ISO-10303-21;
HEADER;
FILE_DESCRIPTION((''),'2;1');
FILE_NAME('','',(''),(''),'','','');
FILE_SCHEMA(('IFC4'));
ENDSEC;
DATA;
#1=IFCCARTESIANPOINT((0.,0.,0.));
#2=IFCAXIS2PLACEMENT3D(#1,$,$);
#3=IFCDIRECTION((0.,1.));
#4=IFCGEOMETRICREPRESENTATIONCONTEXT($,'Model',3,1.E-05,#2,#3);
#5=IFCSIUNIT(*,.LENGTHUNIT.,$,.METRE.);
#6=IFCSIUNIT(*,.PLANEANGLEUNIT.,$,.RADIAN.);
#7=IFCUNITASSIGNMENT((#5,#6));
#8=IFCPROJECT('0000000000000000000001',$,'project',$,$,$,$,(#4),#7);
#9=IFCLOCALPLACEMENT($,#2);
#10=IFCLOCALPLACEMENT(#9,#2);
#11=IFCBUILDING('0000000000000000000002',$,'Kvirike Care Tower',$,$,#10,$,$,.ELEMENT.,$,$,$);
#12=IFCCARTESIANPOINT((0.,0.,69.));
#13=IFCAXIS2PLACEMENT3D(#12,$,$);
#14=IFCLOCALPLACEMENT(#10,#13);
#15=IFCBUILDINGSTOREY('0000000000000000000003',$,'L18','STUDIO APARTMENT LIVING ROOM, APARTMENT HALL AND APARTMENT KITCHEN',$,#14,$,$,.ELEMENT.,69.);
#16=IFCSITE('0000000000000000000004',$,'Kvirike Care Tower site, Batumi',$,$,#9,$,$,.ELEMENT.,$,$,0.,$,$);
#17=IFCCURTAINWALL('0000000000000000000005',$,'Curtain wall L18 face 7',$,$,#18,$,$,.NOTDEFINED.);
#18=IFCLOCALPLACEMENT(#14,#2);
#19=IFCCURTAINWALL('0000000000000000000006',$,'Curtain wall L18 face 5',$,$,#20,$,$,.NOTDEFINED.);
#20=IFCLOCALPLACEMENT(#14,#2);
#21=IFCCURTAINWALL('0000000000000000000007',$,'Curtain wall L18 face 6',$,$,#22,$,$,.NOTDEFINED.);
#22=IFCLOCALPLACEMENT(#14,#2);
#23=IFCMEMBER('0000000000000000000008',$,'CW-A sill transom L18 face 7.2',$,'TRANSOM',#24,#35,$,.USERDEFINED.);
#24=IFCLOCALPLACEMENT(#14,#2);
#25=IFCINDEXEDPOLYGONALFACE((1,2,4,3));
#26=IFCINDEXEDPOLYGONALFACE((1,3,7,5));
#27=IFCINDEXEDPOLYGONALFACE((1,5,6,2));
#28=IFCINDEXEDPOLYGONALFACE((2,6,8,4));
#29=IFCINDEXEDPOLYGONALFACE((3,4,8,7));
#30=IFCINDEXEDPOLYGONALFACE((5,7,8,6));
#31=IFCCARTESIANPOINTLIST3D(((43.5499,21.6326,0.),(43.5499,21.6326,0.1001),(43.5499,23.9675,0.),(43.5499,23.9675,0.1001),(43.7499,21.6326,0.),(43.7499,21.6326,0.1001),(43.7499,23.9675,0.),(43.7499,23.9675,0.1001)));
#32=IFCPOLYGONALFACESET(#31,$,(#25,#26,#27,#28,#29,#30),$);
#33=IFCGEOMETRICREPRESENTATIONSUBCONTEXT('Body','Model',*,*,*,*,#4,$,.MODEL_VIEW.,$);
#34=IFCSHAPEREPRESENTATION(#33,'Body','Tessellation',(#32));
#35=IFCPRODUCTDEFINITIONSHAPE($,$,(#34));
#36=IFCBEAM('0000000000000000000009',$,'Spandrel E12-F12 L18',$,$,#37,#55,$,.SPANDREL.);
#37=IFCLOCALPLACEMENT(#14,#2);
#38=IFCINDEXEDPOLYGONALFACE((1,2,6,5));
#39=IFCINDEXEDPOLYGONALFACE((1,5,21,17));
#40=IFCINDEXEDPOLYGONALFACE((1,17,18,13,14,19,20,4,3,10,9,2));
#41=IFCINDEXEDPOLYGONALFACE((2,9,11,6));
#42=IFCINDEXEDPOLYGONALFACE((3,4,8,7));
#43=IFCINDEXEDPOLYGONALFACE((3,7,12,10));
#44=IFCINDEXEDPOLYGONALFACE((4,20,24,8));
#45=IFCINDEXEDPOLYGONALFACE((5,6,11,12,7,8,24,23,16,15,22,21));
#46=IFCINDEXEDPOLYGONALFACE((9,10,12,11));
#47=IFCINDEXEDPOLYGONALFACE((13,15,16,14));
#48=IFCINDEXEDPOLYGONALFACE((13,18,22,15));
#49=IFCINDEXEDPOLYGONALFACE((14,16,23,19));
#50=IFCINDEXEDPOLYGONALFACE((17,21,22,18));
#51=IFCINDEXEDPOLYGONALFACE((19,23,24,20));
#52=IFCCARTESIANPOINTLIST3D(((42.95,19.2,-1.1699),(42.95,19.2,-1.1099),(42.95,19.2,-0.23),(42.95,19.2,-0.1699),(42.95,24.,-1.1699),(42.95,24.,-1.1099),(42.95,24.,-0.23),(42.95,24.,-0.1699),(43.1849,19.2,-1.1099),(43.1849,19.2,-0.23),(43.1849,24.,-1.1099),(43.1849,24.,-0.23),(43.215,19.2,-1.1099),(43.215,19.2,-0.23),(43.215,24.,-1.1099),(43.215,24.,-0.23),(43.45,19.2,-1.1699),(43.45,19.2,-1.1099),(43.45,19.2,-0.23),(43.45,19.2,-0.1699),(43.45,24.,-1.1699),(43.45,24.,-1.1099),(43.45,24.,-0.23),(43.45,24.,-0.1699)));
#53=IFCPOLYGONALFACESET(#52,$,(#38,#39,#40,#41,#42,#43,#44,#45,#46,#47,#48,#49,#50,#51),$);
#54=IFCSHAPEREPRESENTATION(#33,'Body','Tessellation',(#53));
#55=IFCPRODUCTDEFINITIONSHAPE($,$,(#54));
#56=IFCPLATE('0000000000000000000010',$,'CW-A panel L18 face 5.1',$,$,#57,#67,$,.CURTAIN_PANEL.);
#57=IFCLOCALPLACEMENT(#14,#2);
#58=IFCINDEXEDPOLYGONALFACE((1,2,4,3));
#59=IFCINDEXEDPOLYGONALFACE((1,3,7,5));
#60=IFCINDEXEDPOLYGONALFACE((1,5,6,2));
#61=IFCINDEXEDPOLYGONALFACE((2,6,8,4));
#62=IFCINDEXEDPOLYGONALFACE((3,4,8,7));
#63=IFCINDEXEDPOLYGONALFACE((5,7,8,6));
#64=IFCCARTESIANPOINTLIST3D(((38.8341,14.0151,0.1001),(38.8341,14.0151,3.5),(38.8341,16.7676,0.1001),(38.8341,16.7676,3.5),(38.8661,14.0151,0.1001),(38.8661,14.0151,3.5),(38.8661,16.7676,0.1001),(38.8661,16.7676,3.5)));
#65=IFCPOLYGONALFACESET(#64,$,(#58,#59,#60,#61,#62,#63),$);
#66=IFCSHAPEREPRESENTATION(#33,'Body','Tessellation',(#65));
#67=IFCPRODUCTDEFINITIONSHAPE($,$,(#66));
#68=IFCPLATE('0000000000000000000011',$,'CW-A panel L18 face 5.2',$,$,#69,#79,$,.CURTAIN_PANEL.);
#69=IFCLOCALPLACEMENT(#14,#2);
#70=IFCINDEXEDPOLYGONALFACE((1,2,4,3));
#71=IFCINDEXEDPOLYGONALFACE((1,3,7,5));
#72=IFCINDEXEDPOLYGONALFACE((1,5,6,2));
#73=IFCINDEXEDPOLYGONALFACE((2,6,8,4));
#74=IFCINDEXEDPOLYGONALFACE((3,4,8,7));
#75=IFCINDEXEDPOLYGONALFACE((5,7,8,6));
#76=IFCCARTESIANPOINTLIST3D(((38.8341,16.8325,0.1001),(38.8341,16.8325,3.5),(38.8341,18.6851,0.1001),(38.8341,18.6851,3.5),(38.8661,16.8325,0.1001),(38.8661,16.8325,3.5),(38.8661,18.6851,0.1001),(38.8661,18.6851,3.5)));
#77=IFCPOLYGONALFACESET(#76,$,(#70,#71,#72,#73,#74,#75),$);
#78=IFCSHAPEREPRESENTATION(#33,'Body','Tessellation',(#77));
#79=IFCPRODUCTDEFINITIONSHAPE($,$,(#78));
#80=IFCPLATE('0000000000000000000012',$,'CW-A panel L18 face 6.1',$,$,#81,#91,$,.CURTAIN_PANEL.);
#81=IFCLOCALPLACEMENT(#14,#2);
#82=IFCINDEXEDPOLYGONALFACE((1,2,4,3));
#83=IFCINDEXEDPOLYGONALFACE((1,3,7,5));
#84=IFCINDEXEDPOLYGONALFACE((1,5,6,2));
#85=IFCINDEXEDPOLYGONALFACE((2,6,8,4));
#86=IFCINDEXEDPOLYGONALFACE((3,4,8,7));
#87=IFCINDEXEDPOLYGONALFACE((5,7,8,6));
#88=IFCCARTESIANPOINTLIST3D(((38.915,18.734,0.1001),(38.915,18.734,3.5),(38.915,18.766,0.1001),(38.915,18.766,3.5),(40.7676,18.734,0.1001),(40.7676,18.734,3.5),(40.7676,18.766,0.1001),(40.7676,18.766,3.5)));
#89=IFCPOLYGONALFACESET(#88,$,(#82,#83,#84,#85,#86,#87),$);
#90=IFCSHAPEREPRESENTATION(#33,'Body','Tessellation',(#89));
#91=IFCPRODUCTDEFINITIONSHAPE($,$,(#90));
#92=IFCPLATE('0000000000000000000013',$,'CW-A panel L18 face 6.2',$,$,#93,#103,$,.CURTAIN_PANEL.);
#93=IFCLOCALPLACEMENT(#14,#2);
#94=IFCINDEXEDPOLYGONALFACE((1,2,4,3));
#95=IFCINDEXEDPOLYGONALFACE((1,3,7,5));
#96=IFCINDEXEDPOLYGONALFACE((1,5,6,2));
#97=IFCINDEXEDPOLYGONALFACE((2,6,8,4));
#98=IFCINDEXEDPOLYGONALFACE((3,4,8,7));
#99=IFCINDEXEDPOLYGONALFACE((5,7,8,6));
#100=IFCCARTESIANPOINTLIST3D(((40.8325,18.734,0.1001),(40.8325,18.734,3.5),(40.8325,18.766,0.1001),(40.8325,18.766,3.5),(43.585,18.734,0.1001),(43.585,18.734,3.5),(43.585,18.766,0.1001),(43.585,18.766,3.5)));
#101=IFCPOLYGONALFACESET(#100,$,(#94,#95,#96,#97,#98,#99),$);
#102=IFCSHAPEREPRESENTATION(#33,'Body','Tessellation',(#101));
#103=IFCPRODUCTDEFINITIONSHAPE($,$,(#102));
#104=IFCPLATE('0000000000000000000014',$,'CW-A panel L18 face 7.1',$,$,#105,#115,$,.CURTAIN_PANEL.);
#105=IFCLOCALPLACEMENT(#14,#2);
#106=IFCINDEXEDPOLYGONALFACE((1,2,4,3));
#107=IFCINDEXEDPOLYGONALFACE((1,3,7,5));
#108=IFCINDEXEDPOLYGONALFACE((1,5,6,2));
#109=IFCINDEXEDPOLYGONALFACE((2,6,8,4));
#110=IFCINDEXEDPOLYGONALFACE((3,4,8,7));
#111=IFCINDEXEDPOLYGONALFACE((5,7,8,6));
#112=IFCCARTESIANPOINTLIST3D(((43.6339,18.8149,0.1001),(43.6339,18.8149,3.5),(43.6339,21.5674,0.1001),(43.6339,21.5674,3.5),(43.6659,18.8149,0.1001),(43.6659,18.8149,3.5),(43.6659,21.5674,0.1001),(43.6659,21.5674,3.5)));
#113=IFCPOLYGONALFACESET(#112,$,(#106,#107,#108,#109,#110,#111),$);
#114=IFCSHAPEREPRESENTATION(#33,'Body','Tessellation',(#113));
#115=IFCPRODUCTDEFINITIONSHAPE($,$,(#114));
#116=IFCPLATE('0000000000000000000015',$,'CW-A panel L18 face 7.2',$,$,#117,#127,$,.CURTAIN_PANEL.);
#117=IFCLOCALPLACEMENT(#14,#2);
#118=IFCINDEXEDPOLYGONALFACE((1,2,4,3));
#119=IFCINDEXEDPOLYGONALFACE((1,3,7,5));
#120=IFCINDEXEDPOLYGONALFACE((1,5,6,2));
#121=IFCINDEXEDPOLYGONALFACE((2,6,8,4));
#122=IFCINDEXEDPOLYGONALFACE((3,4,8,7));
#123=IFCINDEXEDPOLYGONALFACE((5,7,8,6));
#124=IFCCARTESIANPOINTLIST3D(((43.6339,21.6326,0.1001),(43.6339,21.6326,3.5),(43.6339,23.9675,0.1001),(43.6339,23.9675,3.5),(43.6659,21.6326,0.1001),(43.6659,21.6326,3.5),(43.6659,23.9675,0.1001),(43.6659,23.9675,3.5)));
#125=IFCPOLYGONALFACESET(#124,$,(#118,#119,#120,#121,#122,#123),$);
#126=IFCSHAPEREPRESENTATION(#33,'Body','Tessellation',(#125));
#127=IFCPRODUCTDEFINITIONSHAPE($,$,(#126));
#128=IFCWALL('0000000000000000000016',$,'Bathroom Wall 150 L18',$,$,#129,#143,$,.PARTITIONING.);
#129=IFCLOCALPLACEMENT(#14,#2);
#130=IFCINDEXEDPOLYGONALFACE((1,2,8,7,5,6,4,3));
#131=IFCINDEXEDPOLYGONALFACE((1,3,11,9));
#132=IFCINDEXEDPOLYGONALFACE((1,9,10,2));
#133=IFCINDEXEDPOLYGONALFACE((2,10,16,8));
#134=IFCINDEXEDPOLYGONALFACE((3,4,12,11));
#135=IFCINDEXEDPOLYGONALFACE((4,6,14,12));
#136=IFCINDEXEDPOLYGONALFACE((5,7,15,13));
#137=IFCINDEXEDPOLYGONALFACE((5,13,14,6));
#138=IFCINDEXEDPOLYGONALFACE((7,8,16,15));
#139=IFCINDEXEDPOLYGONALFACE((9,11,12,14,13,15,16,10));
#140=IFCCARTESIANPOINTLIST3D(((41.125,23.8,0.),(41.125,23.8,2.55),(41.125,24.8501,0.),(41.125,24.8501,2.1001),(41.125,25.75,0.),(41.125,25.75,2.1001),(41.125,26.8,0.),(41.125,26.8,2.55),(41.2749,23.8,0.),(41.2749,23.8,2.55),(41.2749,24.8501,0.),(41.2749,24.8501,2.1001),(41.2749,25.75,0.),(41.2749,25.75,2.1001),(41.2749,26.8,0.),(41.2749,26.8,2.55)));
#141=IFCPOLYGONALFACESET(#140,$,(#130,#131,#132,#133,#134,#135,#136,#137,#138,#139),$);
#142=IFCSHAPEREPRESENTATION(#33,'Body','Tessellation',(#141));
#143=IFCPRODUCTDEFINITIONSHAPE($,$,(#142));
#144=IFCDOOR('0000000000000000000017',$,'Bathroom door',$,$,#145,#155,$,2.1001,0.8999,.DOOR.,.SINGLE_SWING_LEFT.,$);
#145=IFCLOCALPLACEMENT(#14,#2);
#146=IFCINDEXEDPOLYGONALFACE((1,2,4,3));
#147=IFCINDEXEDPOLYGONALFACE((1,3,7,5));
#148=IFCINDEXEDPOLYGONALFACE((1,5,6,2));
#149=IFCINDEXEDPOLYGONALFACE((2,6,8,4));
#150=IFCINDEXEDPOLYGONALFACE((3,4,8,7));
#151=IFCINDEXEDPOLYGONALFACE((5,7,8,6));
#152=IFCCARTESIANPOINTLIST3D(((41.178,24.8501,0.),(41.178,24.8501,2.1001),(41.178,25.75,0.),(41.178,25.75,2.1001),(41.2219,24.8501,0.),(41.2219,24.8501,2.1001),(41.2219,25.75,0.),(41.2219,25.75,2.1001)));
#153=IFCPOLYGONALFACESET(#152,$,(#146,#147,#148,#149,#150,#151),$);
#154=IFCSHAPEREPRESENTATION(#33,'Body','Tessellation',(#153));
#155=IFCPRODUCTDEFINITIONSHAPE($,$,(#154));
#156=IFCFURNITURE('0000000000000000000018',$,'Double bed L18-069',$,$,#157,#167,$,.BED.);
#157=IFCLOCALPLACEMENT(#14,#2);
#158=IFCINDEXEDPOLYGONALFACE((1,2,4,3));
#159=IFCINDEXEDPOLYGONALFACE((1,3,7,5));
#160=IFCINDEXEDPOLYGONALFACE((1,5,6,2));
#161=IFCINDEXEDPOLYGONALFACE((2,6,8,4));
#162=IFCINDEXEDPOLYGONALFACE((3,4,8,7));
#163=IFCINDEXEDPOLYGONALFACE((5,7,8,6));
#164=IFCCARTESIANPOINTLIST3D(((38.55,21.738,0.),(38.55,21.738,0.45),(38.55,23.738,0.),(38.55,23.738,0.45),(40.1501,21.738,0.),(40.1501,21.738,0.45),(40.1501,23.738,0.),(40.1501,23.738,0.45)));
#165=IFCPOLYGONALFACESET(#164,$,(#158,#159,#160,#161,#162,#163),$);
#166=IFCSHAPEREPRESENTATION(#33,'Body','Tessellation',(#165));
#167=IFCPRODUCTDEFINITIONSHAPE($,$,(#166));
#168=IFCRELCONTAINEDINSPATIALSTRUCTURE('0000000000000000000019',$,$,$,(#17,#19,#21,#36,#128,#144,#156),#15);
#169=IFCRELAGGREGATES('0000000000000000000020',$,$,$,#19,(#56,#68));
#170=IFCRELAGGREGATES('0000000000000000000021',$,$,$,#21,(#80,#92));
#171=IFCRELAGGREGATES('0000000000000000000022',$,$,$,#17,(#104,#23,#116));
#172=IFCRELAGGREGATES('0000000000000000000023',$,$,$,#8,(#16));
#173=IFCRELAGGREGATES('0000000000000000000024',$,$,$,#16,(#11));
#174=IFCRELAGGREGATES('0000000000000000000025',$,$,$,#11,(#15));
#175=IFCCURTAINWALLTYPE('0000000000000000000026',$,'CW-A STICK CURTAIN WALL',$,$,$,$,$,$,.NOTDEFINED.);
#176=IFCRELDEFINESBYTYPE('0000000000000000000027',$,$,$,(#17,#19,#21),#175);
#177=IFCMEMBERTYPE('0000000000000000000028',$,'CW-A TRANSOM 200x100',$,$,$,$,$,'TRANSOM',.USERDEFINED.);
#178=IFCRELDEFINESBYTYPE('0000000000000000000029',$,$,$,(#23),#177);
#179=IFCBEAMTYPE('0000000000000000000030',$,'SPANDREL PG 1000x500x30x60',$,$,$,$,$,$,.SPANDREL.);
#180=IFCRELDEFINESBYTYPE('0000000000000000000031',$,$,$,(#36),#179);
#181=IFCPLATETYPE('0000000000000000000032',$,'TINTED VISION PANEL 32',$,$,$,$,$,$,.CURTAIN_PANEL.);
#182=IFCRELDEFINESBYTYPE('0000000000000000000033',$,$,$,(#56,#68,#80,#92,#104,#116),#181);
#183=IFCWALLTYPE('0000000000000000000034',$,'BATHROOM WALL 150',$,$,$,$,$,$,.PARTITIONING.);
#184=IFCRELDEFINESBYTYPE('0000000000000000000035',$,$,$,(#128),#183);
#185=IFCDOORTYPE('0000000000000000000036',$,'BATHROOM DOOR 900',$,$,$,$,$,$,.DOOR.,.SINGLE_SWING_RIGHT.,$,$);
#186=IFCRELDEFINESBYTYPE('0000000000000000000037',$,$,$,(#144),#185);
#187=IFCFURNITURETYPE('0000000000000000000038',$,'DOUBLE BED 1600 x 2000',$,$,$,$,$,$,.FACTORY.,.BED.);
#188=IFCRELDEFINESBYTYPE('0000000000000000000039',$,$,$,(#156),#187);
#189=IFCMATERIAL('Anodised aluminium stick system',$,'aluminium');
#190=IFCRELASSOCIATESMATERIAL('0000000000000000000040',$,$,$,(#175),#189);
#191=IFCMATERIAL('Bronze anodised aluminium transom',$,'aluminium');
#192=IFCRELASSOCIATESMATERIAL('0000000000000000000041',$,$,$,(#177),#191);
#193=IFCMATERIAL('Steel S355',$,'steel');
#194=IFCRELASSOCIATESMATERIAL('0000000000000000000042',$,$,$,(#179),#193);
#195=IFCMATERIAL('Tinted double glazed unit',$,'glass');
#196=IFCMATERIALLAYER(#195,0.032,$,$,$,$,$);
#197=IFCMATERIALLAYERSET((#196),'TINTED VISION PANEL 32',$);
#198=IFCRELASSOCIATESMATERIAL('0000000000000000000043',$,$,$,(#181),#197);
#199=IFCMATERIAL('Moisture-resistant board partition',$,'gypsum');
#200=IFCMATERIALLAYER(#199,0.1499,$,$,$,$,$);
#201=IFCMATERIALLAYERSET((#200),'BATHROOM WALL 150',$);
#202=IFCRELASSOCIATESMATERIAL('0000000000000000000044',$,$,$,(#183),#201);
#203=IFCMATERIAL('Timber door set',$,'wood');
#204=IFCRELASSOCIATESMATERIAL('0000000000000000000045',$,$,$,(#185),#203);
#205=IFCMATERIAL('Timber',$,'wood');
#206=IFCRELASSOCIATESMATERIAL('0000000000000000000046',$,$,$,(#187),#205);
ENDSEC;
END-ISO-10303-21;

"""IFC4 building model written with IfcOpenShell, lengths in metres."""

from ifc_helpers import new_model, si_unit, direction, frame, frame_2d, origin, origin_2d, place, context, subcontext, project, spatial, rectangle, i_section, extrude, material, layer, layer_set, material_profile, profile_set, type_object, element, fill, aggregate, save


model = new_model("IFC4")

# Units and contexts
model_context = context("Model", 3, precision=1e-05, world=origin(), true_north=direction((0.0, 1.0)))
body_context = subcontext(model_context, "Body", "Model", "MODEL_VIEW")
ifc_project = project(units=[si_unit("LENGTHUNIT", "METRE"), si_unit("PLANEANGLEUNIT", "RADIAN")], contexts=[model_context])

# Site, building, storey
site_placement = place(None, origin())
site = spatial("IfcSite", under=ifc_project, at=site_placement, Name="Kvirike Care Tower site, Batumi", CompositionType="ELEMENT", RefElevation=0.0)
building_placement = place(site_placement, origin())
building = spatial("IfcBuilding", under=site, at=building_placement, Name="Kvirike Care Tower", CompositionType="ELEMENT")
storey_placement = place(building_placement, frame((0.0, 0.0, 69.0)))
storey = spatial("IfcBuildingStorey", under=building, at=storey_placement, Name="L18", Description="STUDIO APARTMENT LIVING ROOM, APARTMENT HALL AND APARTMENT KITCHEN", CompositionType="ELEMENT", Elevation=69.0)

# Curtain wall
ifc_material_1 = material(Name="Anodised aluminium stick system", Category="aluminium")
curtain_wall_type = type_object("IfcCurtainWallType", Name="CW-A STICK CURTAIN WALL", PredefinedType="NOTDEFINED", material=ifc_material_1)
curtain_wall_1_placement = place(storey_placement, origin())
curtain_wall_1 = element("IfcCurtainWall", 1, at=curtain_wall_1_placement, inside=storey, type_object=curtain_wall_type, Name="Curtain wall L18 face 7", PredefinedType="NOTDEFINED")

# Curtain walls
curtain_wall_2_placement = place(storey_placement, origin())
curtain_wall_2 = element("IfcCurtainWall", 2, at=curtain_wall_2_placement, inside=storey, type_object=curtain_wall_type, Name="Curtain wall L18 face 5", PredefinedType="NOTDEFINED")
curtain_wall_3_placement = place(storey_placement, origin())
curtain_wall_3 = element("IfcCurtainWall", 3, at=curtain_wall_3_placement, inside=storey, type_object=curtain_wall_type, Name="Curtain wall L18 face 6", PredefinedType="NOTDEFINED")

# Member
ifc_material_2 = material(Name="Bronze anodised aluminium transom", Category="aluminium")
ifc_material_profile_1 = material_profile(ifc_material_2, rectangle(XDim=0.2, YDim=0.1001, at=origin_2d()), Name="CW-A TRANSOM 200x100")
ifc_profile_set_1 = profile_set([ifc_material_profile_1], Name="Bronze anodised aluminium transom")
member_type_1 = type_object("IfcMemberType", Name="CW-A TRANSOM 200x100", ElementType="TRANSOM", PredefinedType="USERDEFINED", material=ifc_profile_set_1)
member_1_placement = place(storey_placement, frame((43.6499, 21.6326, 0.05), z_axis=(0.0, 1.0, 0.0), x_axis=(-1.0, 0.0, 0.0)))
member_1 = element("IfcMember", 4, at=member_1_placement, type_object=member_type_1, Name="CW-A sill transom L18 face 7.2", ObjectType="TRANSOM", PredefinedType="USERDEFINED", context=body_context, shape_type="SweptSolid", body=[
    extrude(rectangle(XDim=0.2, YDim=0.1001, at=origin_2d()), origin(), (0.0, 0.0, 1.0), 2.335),
])

# Beam
ifc_material_3 = material(Name="Steel S355", Category="steel")
ifc_material_profile_2 = material_profile(ifc_material_3, i_section(OverallWidth=0.5, OverallDepth=1.0, WebThickness=0.03, FlangeThickness=0.0601, at=origin_2d()), Name="PG 1000x500x30x60")
ifc_profile_set_2 = profile_set([ifc_material_profile_2], Name="Steel S355")
beam_type = type_object("IfcBeamType", Name="SPANDREL PG 1000x500x30x60", PredefinedType="SPANDREL", material=ifc_profile_set_2)
beam_placement = place(storey_placement, frame((43.2, 19.2, -0.6699), z_axis=(0.0, 1.0, 0.0), x_axis=(-1.0, 0.0, 0.0)))
element("IfcBeam", 5, at=beam_placement, inside=storey, type_object=beam_type, Name="Spandrel E12-F12 L18", PredefinedType="SPANDREL", context=body_context, shape_type="SweptSolid", body=[
    extrude(i_section(OverallWidth=0.5, OverallDepth=1.0, WebThickness=0.03, FlangeThickness=0.0601, at=origin_2d()), origin(), (0.0, 0.0, 1.0), 4.8),
])

# Plates
ifc_material_4 = material(Name="Tinted double glazed unit", Category="glass")
ifc_layer_1 = layer(ifc_material_4, 0.032)
ifc_layer_set_1 = layer_set([ifc_layer_1], Name="TINTED VISION PANEL 32")
plate_type = type_object("IfcPlateType", Name="TINTED VISION PANEL 32", PredefinedType="CURTAIN_PANEL", material=ifc_layer_set_1)
plate_1_placement = place(storey_placement, frame((38.8501, 15.3914, 0.1001), z_axis=(0.0, 0.0, 1.0), x_axis=(0.0, 1.0, 0.0)))
plate_1 = element("IfcPlate", 6, at=plate_1_placement, type_object=plate_type, Name="CW-A panel L18 face 5.1", PredefinedType="CURTAIN_PANEL", context=body_context, shape_type="SweptSolid", body=[
    extrude(rectangle(XDim=2.7524, YDim=0.032, at=origin_2d()), origin(), (0.0, 0.0, 1.0), 3.3999),
])
plate_2_placement = place(storey_placement, frame((38.8501, 17.7588, 0.1001), z_axis=(0.0, 0.0, 1.0), x_axis=(0.0, 1.0, 0.0)))
plate_2 = element("IfcPlate", 7, at=plate_2_placement, type_object=plate_type, Name="CW-A panel L18 face 5.2", PredefinedType="CURTAIN_PANEL", context=body_context, shape_type="SweptSolid", body=[
    extrude(rectangle(XDim=1.8525, YDim=0.032, at=origin_2d()), origin(), (0.0, 0.0, 1.0), 3.3999),
])
aggregate(curtain_wall_2, [plate_1, plate_2])
plate_3_placement = place(storey_placement, frame((39.8413, 18.75, 0.1001), z_axis=(0.0, 0.0, 1.0), x_axis=(1.0, 0.0, 0.0)))
plate_3 = element("IfcPlate", 8, at=plate_3_placement, type_object=plate_type, Name="CW-A panel L18 face 6.1", PredefinedType="CURTAIN_PANEL", context=body_context, shape_type="SweptSolid", body=[
    extrude(rectangle(XDim=1.8525, YDim=0.032, at=origin_2d()), origin(), (0.0, 0.0, 1.0), 3.3999),
])
plate_4_placement = place(storey_placement, frame((42.2087, 18.75, 0.1001), z_axis=(0.0, 0.0, 1.0), x_axis=(1.0, 0.0, 0.0)))
plate_4 = element("IfcPlate", 9, at=plate_4_placement, type_object=plate_type, Name="CW-A panel L18 face 6.2", PredefinedType="CURTAIN_PANEL", context=body_context, shape_type="SweptSolid", body=[
    extrude(rectangle(XDim=2.7524, YDim=0.032, at=origin_2d()), origin(), (0.0, 0.0, 1.0), 3.3999),
])
aggregate(curtain_wall_3, [plate_3, plate_4])
plate_5_placement = place(storey_placement, frame((43.6499, 20.1912, 0.1001), z_axis=(0.0, 0.0, 1.0), x_axis=(0.0, 1.0, 0.0)))
plate_5 = element("IfcPlate", 10, at=plate_5_placement, type_object=plate_type, Name="CW-A panel L18 face 7.1", PredefinedType="CURTAIN_PANEL", context=body_context, shape_type="SweptSolid", body=[
    extrude(rectangle(XDim=2.7524, YDim=0.032, at=origin_2d()), origin(), (0.0, 0.0, 1.0), 3.3999),
])
plate_6_placement = place(storey_placement, frame((43.6499, 22.8, 0.1001), z_axis=(0.0, 0.0, 1.0), x_axis=(0.0, 1.0, 0.0)))
plate_6 = element("IfcPlate", 11, at=plate_6_placement, type_object=plate_type, Name="CW-A panel L18 face 7.2", PredefinedType="CURTAIN_PANEL", context=body_context, shape_type="SweptSolid", body=[
    extrude(rectangle(XDim=2.335, YDim=0.032, at=origin_2d()), origin(), (0.0, 0.0, 1.0), 3.3999),
])
aggregate(curtain_wall_1, [plate_5, member_1, plate_6])

# Wall, opening, door
ifc_material_5 = material(Name="Moisture-resistant board partition", Category="gypsum")
ifc_layer_2 = layer(ifc_material_5, 0.1499)
ifc_layer_set_2 = layer_set([ifc_layer_2], Name="BATHROOM WALL 150")
wall_type = type_object("IfcWallType", Name="BATHROOM WALL 150", PredefinedType="PARTITIONING", material=ifc_layer_set_2)
wall_placement = place(storey_placement, frame((41.2, 23.8, 0.0), z_axis=(0.0, 0.0, 1.0), x_axis=(0.0, 1.0, 0.0)))
wall = element("IfcWall", 12, at=wall_placement, inside=storey, type_object=wall_type, Name="Bathroom Wall 150 L18", PredefinedType="PARTITIONING", context=body_context, shape_type="SweptSolid", body=[
    extrude(rectangle(XDim=3.0, YDim=0.1499, at=frame_2d((1.5, 0.0))), origin(), (0.0, 0.0, 1.0), 2.55),
])
opening_placement = place(wall_placement, frame((1.05, 0.0, 0.0)))
opening = element("IfcOpeningElement", 13, at=opening_placement, cuts=wall, PredefinedType="OPENING", context=body_context, shape_type="SweptSolid", body=[
    extrude(rectangle(XDim=0.8999, YDim=2.1001, at=frame_2d((0.45, 1.05))), frame((0.0, 0.0854, 0.0), z_axis=(0.0, -1.0, 0.0), x_axis=(1.0, 0.0, 0.0)), (0.0, 0.0, 1.0), 0.1709),
])
ifc_material_6 = material(Name="Timber door set", Category="wood")
door_type = type_object("IfcDoorType", Name="BATHROOM DOOR 900", OperationType="SINGLE_SWING_RIGHT", PredefinedType="DOOR", material=ifc_material_6)
door_placement = place(opening_placement, origin())
door = element("IfcDoor", 14, at=door_placement, inside=storey, type_object=door_type, Name="Bathroom door", OperationType="SINGLE_SWING_LEFT", OverallHeight=2.1001, OverallWidth=0.8999, PredefinedType="DOOR", context=body_context, shape_type="SweptSolid", body=[
    extrude(rectangle(XDim=0.8999, YDim=2.1001, at=frame_2d((0.45, 1.05))), frame((0.0, 0.022, 0.0), z_axis=(0.0, -1.0, 0.0), x_axis=(1.0, 0.0, 0.0)), (0.0, 0.0, 1.0), 0.0439),
])
fill(opening, door)

# Furniture
ifc_material_7 = material(Name="Timber", Category="wood")
furniture_type = type_object("IfcFurnitureType", Name="DOUBLE BED 1600 x 2000", AssemblyPlace="FACTORY", PredefinedType="BED", material=ifc_material_7)
furniture_placement = place(storey_placement, frame((39.3501, 22.738, 0.0), z_axis=(0.0, 0.0, 1.0), x_axis=(1.0, 0.0, 0.0)))
element("IfcFurniture", 15, at=furniture_placement, inside=storey, type_object=furniture_type, Name="Double bed L18-069", PredefinedType="BED", context=body_context, shape_type="SweptSolid", body=[
    extrude(rectangle(XDim=1.6001, YDim=2.0, at=origin_2d()), origin(), (0.0, 0.0, 1.0), 0.45),
])

save(model, "model.ifc")
